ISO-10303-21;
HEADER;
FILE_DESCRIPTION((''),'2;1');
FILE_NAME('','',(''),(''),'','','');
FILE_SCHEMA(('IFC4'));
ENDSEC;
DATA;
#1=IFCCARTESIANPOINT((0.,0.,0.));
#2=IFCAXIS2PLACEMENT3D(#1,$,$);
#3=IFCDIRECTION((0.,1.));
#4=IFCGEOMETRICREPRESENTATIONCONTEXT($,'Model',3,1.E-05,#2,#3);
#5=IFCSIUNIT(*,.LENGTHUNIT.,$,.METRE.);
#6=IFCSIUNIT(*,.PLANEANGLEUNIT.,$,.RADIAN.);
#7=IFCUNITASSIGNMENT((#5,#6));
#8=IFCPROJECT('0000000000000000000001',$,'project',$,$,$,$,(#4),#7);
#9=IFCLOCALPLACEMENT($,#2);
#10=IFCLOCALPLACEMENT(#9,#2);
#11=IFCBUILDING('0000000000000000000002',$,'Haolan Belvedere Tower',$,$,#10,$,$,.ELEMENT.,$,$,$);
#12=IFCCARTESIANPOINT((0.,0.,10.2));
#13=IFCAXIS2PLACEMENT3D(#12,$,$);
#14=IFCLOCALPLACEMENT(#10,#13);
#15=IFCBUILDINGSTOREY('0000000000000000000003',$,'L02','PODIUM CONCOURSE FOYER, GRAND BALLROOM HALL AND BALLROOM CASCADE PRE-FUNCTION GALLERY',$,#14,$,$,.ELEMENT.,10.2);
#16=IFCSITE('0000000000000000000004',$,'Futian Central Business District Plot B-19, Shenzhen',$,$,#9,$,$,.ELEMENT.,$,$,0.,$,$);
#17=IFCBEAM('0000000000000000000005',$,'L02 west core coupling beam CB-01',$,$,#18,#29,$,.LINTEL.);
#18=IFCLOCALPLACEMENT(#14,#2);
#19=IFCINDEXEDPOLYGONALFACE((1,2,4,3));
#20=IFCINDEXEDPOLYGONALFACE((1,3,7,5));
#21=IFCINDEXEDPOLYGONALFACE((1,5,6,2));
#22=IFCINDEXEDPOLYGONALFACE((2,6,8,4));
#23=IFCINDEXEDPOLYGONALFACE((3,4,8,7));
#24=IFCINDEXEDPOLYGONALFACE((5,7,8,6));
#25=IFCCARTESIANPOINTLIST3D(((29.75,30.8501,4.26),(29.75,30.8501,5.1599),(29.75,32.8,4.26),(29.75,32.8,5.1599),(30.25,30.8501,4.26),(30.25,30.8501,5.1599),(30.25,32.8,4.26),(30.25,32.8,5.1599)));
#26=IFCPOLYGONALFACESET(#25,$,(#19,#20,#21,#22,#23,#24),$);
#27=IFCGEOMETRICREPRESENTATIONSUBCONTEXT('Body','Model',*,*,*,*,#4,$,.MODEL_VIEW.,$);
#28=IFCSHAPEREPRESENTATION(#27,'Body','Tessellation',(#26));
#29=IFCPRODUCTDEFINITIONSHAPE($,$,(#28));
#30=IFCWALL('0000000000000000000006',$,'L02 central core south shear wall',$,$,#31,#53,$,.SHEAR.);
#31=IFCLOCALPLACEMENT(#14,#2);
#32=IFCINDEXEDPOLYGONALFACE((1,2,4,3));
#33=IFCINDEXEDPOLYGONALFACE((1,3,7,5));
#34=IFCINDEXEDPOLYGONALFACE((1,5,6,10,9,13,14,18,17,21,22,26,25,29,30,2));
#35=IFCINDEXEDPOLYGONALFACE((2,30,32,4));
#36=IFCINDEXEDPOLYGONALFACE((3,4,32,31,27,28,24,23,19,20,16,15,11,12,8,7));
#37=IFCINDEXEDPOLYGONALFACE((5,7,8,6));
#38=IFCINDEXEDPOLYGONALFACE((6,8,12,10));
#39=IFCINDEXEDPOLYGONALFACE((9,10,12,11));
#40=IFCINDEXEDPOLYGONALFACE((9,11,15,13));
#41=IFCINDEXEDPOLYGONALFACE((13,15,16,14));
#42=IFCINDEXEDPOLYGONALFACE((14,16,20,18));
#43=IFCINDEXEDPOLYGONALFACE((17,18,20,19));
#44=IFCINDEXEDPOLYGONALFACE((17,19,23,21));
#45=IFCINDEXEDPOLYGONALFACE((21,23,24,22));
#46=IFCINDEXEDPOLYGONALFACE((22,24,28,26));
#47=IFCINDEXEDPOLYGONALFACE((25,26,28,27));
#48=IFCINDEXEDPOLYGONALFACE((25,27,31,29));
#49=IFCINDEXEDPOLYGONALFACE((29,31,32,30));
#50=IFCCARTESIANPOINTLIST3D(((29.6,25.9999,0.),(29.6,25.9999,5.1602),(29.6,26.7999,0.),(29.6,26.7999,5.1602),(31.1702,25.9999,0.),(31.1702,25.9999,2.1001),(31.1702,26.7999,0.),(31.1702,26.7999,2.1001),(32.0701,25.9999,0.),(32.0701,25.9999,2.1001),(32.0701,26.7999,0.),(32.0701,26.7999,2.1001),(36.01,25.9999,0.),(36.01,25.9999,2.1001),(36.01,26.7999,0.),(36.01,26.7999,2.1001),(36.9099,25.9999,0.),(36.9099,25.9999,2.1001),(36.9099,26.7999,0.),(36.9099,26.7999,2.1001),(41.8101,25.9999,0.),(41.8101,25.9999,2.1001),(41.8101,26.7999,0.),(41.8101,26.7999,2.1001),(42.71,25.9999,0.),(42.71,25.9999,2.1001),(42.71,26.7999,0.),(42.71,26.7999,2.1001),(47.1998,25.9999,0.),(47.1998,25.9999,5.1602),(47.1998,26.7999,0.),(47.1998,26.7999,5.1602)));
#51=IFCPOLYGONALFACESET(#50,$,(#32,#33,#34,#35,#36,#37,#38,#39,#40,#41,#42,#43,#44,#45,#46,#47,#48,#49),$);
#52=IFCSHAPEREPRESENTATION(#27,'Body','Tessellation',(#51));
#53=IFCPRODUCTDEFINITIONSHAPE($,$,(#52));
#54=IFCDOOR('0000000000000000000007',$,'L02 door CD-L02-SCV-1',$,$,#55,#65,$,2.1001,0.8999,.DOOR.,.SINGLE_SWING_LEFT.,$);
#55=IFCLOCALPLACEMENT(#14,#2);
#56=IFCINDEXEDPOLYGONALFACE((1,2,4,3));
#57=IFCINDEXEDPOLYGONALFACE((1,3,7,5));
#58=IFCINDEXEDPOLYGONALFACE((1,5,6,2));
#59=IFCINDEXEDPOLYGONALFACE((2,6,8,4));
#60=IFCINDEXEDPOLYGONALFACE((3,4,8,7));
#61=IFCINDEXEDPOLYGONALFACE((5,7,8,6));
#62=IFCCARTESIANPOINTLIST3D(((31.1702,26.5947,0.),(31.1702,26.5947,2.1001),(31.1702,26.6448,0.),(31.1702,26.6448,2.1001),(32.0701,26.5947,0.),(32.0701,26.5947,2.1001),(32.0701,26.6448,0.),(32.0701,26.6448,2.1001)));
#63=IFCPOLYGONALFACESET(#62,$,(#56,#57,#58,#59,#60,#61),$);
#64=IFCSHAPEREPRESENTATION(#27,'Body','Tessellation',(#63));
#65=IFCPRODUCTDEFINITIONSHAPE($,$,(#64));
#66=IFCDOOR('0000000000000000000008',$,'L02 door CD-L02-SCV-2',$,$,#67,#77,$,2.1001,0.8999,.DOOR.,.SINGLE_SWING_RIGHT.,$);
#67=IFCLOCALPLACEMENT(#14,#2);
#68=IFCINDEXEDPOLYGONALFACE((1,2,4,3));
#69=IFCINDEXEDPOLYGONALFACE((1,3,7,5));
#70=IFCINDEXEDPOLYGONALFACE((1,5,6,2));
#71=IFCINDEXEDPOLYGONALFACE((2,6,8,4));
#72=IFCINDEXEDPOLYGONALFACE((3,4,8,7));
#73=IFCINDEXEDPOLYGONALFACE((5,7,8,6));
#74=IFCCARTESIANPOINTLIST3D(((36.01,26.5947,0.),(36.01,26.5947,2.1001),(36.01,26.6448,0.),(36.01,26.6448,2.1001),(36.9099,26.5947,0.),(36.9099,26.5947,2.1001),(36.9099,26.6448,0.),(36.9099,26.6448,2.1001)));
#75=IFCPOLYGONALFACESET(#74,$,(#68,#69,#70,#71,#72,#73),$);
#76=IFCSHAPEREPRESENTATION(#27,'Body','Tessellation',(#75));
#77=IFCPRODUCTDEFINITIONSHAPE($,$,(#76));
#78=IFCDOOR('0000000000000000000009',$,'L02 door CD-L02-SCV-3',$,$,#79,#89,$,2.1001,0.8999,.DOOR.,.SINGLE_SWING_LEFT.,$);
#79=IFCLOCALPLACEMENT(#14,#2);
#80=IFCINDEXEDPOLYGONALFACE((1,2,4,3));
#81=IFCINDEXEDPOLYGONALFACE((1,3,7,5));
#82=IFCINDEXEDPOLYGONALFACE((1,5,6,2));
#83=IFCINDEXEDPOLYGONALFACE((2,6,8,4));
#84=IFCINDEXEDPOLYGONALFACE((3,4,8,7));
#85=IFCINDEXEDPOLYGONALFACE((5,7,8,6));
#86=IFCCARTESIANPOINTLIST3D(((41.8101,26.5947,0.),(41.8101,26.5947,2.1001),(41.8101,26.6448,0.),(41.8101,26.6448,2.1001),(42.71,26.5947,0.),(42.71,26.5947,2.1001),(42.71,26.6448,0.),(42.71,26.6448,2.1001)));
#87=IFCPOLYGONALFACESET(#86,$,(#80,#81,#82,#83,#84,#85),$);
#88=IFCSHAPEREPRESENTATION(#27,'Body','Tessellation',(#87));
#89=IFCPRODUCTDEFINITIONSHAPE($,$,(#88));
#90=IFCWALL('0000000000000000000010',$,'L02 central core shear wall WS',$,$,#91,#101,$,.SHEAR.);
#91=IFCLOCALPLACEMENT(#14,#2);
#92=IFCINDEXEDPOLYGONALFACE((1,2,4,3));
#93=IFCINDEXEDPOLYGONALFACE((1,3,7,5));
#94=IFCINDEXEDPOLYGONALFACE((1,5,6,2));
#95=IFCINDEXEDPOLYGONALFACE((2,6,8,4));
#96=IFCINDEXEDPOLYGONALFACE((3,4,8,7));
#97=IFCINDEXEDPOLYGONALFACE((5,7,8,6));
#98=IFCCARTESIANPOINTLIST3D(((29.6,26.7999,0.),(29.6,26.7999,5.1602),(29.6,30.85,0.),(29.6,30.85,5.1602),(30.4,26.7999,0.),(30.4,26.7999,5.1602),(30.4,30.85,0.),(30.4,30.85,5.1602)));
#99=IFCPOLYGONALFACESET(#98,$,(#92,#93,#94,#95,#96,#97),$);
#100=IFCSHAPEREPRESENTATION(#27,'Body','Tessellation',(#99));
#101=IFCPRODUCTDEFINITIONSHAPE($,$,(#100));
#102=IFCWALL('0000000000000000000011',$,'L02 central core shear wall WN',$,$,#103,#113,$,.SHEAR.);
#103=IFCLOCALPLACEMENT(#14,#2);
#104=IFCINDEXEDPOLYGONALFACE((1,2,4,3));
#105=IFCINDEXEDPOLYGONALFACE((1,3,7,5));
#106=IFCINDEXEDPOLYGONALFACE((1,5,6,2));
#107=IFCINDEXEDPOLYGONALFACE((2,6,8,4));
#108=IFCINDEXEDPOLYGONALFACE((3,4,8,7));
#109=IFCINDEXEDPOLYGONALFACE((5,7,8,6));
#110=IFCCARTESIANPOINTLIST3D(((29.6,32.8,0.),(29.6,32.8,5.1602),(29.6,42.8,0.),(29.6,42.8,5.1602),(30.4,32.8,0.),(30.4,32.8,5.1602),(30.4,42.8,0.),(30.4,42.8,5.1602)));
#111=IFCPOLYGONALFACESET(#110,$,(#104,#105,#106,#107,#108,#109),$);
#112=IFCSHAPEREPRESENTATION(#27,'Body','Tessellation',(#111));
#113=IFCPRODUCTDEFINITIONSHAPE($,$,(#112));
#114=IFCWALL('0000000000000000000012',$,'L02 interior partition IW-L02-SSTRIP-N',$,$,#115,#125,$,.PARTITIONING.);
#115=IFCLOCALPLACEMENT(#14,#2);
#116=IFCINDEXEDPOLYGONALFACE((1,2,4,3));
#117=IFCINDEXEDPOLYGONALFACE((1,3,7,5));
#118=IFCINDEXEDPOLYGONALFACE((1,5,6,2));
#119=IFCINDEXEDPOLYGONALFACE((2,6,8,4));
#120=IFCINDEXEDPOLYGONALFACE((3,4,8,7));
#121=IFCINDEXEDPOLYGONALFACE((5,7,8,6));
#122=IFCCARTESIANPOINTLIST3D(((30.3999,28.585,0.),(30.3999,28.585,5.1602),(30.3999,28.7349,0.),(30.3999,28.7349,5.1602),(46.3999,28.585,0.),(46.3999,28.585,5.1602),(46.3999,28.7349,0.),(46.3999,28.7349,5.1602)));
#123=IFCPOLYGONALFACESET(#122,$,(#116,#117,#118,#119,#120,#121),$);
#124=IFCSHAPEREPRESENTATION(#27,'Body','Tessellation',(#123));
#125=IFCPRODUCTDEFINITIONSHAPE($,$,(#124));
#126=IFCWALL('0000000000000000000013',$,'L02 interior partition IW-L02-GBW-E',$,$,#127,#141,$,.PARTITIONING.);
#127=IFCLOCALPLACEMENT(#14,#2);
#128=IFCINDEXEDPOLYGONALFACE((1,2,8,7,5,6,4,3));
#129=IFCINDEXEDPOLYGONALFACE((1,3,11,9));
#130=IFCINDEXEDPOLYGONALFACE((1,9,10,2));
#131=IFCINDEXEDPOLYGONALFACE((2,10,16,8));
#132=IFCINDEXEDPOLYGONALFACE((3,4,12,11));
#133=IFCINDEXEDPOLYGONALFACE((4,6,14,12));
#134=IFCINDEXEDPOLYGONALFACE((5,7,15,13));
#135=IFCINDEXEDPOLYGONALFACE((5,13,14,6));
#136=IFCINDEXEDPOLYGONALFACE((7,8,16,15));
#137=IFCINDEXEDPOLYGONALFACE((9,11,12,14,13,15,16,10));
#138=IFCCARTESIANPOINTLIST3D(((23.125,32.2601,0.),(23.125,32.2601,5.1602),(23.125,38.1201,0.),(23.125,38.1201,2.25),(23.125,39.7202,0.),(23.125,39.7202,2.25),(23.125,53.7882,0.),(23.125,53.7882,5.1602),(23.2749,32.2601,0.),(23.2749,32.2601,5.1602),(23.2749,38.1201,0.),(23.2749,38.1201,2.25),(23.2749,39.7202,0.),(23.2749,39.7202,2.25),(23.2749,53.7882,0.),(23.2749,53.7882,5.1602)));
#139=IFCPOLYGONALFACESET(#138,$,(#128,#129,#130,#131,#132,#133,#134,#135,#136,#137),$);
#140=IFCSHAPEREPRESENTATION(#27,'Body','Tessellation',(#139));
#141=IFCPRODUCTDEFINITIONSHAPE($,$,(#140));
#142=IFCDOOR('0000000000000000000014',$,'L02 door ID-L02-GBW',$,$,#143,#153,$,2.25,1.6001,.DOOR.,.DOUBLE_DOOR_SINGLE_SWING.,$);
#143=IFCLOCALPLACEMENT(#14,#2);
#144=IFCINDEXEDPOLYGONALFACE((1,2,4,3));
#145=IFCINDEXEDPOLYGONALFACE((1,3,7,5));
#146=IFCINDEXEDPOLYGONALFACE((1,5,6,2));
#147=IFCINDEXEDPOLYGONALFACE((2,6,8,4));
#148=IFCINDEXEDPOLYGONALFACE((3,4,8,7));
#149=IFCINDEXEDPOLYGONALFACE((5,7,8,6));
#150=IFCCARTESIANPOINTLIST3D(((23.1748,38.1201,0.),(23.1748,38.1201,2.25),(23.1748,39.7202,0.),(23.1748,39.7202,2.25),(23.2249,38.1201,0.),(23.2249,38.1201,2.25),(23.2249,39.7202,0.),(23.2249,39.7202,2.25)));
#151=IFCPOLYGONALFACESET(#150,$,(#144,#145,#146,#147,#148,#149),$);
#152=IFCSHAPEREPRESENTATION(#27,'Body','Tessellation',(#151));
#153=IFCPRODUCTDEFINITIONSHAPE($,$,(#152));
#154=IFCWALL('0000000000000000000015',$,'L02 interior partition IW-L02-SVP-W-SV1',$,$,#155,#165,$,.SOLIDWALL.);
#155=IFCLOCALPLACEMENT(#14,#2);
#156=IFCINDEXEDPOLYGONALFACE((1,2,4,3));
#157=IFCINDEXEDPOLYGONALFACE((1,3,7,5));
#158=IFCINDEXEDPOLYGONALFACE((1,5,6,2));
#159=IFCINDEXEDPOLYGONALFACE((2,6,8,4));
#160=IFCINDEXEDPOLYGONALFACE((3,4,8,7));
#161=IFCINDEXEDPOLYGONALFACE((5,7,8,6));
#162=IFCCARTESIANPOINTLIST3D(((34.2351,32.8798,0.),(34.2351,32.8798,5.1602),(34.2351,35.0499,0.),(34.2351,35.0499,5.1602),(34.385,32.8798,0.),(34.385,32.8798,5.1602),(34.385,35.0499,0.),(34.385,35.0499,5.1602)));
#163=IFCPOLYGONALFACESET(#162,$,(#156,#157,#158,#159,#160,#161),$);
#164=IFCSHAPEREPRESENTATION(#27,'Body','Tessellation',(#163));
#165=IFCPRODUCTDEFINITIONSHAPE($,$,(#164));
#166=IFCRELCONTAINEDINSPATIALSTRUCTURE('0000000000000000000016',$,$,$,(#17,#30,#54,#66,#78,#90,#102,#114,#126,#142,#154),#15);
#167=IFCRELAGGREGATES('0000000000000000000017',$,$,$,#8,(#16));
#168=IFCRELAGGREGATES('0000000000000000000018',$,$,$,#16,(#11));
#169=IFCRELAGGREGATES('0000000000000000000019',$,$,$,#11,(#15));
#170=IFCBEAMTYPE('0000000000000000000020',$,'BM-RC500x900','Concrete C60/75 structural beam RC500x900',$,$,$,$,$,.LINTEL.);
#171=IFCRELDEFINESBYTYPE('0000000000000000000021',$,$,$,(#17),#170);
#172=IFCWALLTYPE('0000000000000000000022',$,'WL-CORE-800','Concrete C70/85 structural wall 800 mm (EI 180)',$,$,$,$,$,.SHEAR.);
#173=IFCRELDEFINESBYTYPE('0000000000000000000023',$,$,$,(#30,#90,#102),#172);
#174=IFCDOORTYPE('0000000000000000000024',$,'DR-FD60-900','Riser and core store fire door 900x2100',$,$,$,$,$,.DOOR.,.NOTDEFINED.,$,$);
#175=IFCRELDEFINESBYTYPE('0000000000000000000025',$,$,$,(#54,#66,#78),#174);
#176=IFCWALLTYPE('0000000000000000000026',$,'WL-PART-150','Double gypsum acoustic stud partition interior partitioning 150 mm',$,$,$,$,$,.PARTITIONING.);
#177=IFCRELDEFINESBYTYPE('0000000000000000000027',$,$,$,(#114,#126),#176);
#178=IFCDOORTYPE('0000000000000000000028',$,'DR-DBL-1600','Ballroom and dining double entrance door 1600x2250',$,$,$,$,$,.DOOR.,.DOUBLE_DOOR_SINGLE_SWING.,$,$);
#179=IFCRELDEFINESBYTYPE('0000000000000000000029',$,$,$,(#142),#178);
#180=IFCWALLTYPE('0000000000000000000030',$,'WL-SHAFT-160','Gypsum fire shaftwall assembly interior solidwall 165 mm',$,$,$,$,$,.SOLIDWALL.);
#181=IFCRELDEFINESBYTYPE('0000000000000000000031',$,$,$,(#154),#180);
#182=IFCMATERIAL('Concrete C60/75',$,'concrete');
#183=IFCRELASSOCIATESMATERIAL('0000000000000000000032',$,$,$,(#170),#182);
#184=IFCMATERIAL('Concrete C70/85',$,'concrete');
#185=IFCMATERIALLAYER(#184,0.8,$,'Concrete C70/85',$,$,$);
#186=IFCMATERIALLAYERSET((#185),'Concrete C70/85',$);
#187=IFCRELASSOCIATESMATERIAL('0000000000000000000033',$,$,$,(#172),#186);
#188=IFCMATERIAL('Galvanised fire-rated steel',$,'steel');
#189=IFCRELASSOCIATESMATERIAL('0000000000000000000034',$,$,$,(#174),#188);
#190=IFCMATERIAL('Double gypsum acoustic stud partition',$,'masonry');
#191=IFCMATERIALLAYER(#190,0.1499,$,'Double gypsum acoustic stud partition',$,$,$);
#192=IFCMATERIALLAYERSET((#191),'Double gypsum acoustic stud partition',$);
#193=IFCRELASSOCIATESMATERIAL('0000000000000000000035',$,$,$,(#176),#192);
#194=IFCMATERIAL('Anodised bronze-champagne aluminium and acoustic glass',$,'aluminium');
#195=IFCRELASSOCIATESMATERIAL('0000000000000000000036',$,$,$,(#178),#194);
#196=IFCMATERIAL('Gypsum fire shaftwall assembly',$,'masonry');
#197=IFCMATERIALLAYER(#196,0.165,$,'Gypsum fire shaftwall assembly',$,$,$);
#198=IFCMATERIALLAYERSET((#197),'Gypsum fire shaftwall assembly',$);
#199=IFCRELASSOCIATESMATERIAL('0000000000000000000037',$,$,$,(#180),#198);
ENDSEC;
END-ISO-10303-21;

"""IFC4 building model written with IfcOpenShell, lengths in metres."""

from ifc_helpers import new_model, si_unit, direction, frame, frame_2d, origin, origin_2d, place, context, subcontext, project, spatial, rectangle, extrude, material, layer, layer_set, material_profile, profile_set, type_object, element, fill, save


model = new_model("IFC4")

# Units and contexts
model_context = context("Model", 3, precision=1e-05, world=origin(), true_north=direction((0.0, 1.0)))
body_context = subcontext(model_context, "Body", "Model", "MODEL_VIEW")
ifc_project = project(units=[si_unit("LENGTHUNIT", "METRE"), si_unit("PLANEANGLEUNIT", "RADIAN")], contexts=[model_context])

# Site, building, storey
site_placement = place(None, origin())
site = spatial("IfcSite", under=ifc_project, at=site_placement, Name="Futian Central Business District Plot B-19, Shenzhen", CompositionType="ELEMENT", RefElevation=0.0)
building_placement = place(site_placement, origin())
building = spatial("IfcBuilding", under=site, at=building_placement, Name="Haolan Belvedere Tower", CompositionType="ELEMENT")
storey_placement = place(building_placement, frame((0.0, 0.0, 10.2)))
storey = spatial("IfcBuildingStorey", under=building, at=storey_placement, Name="L02", Description="PODIUM CONCOURSE FOYER, GRAND BALLROOM HALL AND BALLROOM CASCADE PRE-FUNCTION GALLERY", CompositionType="ELEMENT", Elevation=10.2)

# Beam
ifc_material_1 = material(Name="Concrete C60/75", Category="concrete")
ifc_material_profile = material_profile(ifc_material_1, rectangle(XDim=0.5, YDim=0.8999, at=origin_2d()), Name="Concrete C60/75")
ifc_profile_set = profile_set([ifc_material_profile], Name="Concrete C60/75")
beam_type = type_object("IfcBeamType", Name="BM-RC500x900", Description="Concrete C60/75 structural beam RC500x900", PredefinedType="LINTEL", material=ifc_profile_set)
beam_placement = place(storey_placement, frame((30.0, 30.8501, 4.71), z_axis=(0.0, 1.0, 0.0), x_axis=(-1.0, 0.0, 0.0)))
element("IfcBeam", 1, at=beam_placement, inside=storey, type_object=beam_type, Name="L02 west core coupling beam CB-01", PredefinedType="LINTEL", context=body_context, shape_type="SweptSolid", body=[
    extrude(rectangle(XDim=0.5, YDim=0.8999, at=origin_2d()), origin(), (0.0, 0.0, 1.0), 1.95),
])

# Wall, openings, doors
ifc_material_2 = material(Name="Concrete C70/85", Category="concrete")
ifc_layer_1 = layer(ifc_material_2, 0.8, Name="Concrete C70/85")
ifc_layer_set_1 = layer_set([ifc_layer_1], Name="Concrete C70/85")
wall_type_1 = type_object("IfcWallType", Name="WL-CORE-800", Description="Concrete C70/85 structural wall 800 mm (EI 180)", PredefinedType="SHEAR", material=ifc_layer_set_1)
wall_1_placement = place(storey_placement, frame((29.6001, 26.3999, 0.0), z_axis=(0.0, 0.0, 1.0), x_axis=(1.0, 0.0, 0.0)))
wall_1 = element("IfcWall", 2, at=wall_1_placement, inside=storey, type_object=wall_type_1, Name="L02 central core south shear wall", PredefinedType="SHEAR", context=body_context, shape_type="SweptSolid", body=[
    extrude(rectangle(XDim=17.5999, YDim=0.8, at=frame_2d((8.7998, 0.0))), origin(), (0.0, 0.0, 1.0), 5.1602),
])
opening_1_placement = place(wall_1_placement, frame((2.47, 0.0, 0.0), z_axis=(0.0, 0.0, 1.0), x_axis=(-1.0, 0.0, 0.0)))
opening_1 = element("IfcOpeningElement", 3, at=opening_1_placement, cuts=wall_1, PredefinedType="OPENING", context=body_context, shape_type="SweptSolid", body=[
    extrude(rectangle(XDim=0.8999, YDim=2.1001, at=frame_2d((0.45, 1.05))), frame((0.0, 0.4099, 0.0), z_axis=(0.0, -1.0, 0.0), x_axis=(1.0, 0.0, 0.0)), (0.0, 0.0, 1.0), 0.8201),
])
opening_2_placement = place(wall_1_placement, frame((7.3098, 0.0, 0.0), z_axis=(0.0, 0.0, 1.0), x_axis=(-1.0, 0.0, 0.0)))
opening_2 = element("IfcOpeningElement", 4, at=opening_2_placement, cuts=wall_1, PredefinedType="OPENING", context=body_context, shape_type="SweptSolid", body=[
    extrude(rectangle(XDim=0.8999, YDim=2.1001, at=frame_2d((0.45, 1.05))), frame((0.0, 0.4099, 0.0), z_axis=(0.0, -1.0, 0.0), x_axis=(1.0, 0.0, 0.0)), (0.0, 0.0, 1.0), 0.8201),
])
opening_3_placement = place(wall_1_placement, frame((13.1099, 0.0, 0.0), z_axis=(0.0, 0.0, 1.0), x_axis=(-1.0, 0.0, 0.0)))
opening_3 = element("IfcOpeningElement", 5, at=opening_3_placement, cuts=wall_1, PredefinedType="OPENING", context=body_context, shape_type="SweptSolid", body=[
    extrude(rectangle(XDim=0.8999, YDim=2.1001, at=frame_2d((0.45, 1.05))), frame((0.0, 0.4099, 0.0), z_axis=(0.0, -1.0, 0.0), x_axis=(1.0, 0.0, 0.0)), (0.0, 0.0, 1.0), 0.8201),
])
ifc_material_3 = material(Name="Galvanised fire-rated steel", Category="steel")
door_type_1 = type_object("IfcDoorType", Name="DR-FD60-900", Description="Riser and core store fire door 900x2100", OperationType="NOTDEFINED", PredefinedType="DOOR", material=ifc_material_3)
door_1_placement = place(opening_1_placement, origin())
door_1 = element("IfcDoor", 6, at=door_1_placement, inside=storey, type_object=door_type_1, Name="L02 door CD-L02-SCV-1", OperationType="SINGLE_SWING_LEFT", OverallHeight=2.1001, OverallWidth=0.8999, PredefinedType="DOOR", context=body_context, shape_type="SweptSolid", body=[
    extrude(rectangle(XDim=0.8999, YDim=2.1001, at=frame_2d((0.45, 1.05))), frame((0.0, -0.1948, 0.0), z_axis=(0.0, -1.0, 0.0), x_axis=(1.0, 0.0, 0.0)), (0.0, 0.0, 1.0), 0.05),
])
fill(opening_1, door_1)
door_2_placement = place(opening_2_placement, origin())
door_2 = element("IfcDoor", 7, at=door_2_placement, inside=storey, type_object=door_type_1, Name="L02 door CD-L02-SCV-2", OperationType="SINGLE_SWING_RIGHT", OverallHeight=2.1001, OverallWidth=0.8999, PredefinedType="DOOR", context=body_context, shape_type="SweptSolid", body=[
    extrude(rectangle(XDim=0.8999, YDim=2.1001, at=frame_2d((0.45, 1.05))), frame((0.0, -0.1948, 0.0), z_axis=(0.0, -1.0, 0.0), x_axis=(1.0, 0.0, 0.0)), (0.0, 0.0, 1.0), 0.05),
])
fill(opening_2, door_2)
door_3_placement = place(opening_3_placement, origin())
door_3 = element("IfcDoor", 8, at=door_3_placement, inside=storey, type_object=door_type_1, Name="L02 door CD-L02-SCV-3", OperationType="SINGLE_SWING_LEFT", OverallHeight=2.1001, OverallWidth=0.8999, PredefinedType="DOOR", context=body_context, shape_type="SweptSolid", body=[
    extrude(rectangle(XDim=0.8999, YDim=2.1001, at=frame_2d((0.45, 1.05))), frame((0.0, -0.1948, 0.0), z_axis=(0.0, -1.0, 0.0), x_axis=(1.0, 0.0, 0.0)), (0.0, 0.0, 1.0), 0.05),
])
fill(opening_3, door_3)

# Walls
wall_2_placement = place(storey_placement, frame((30.0, 26.8, 0.0), z_axis=(0.0, 0.0, 1.0), x_axis=(0.0, 1.0, 0.0)))
element("IfcWall", 9, at=wall_2_placement, inside=storey, type_object=wall_type_1, Name="L02 central core shear wall WS", PredefinedType="SHEAR", context=body_context, shape_type="SweptSolid", body=[
    extrude(rectangle(XDim=4.05, YDim=0.8, at=frame_2d((2.0249, 0.0))), origin(), (0.0, 0.0, 1.0), 5.1602),
])
wall_3_placement = place(storey_placement, frame((30.0, 32.8, 0.0), z_axis=(0.0, 0.0, 1.0), x_axis=(0.0, 1.0, 0.0)))
element("IfcWall", 10, at=wall_3_placement, inside=storey, type_object=wall_type_1, Name="L02 central core shear wall WN", PredefinedType="SHEAR", context=body_context, shape_type="SweptSolid", body=[
    extrude(rectangle(XDim=10.0, YDim=0.8, at=frame_2d((5.0, 0.0))), origin(), (0.0, 0.0, 1.0), 5.1602),
])
ifc_material_4 = material(Name="Double gypsum acoustic stud partition", Category="masonry")
ifc_layer_2 = layer(ifc_material_4, 0.1499, Name="Double gypsum acoustic stud partition")
ifc_layer_set_2 = layer_set([ifc_layer_2], Name="Double gypsum acoustic stud partition")
wall_type_2 = type_object("IfcWallType", Name="WL-PART-150", Description="Double gypsum acoustic stud partition interior partitioning 150 mm", PredefinedType="PARTITIONING", material=ifc_layer_set_2)
wall_4_placement = place(storey_placement, frame((30.3999, 28.6599, 0.0), z_axis=(0.0, 0.0, 1.0), x_axis=(1.0, 0.0, 0.0)))
element("IfcWall", 11, at=wall_4_placement, inside=storey, type_object=wall_type_2, Name="L02 interior partition IW-L02-SSTRIP-N", PredefinedType="PARTITIONING", context=body_context, shape_type="SweptSolid", body=[
    extrude(rectangle(XDim=16.0, YDim=0.1499, at=frame_2d((8.0, 0.0))), origin(), (0.0, 0.0, 1.0), 5.1602),
])

# Wall, opening, door
wall_5_placement = place(storey_placement, frame((23.2, 32.26, 0.0), z_axis=(0.0, 0.0, 1.0), x_axis=(0.0, 1.0, 0.0)))
wall_5 = element("IfcWall", 12, at=wall_5_placement, inside=storey, type_object=wall_type_2, Name="L02 interior partition IW-L02-GBW-E", PredefinedType="PARTITIONING", context=body_context, shape_type="SweptSolid", body=[
    extrude(rectangle(XDim=21.5281, YDim=0.1499, at=frame_2d((10.7642, 0.0))), origin(), (0.0, 0.0, 1.0), 5.1602),
])
opening_4_placement = place(wall_5_placement, frame((7.4602, 0.0, 0.0), z_axis=(0.0, 0.0, 1.0), x_axis=(-1.0, 0.0, 0.0)))
opening_4 = element("IfcOpeningElement", 13, at=opening_4_placement, cuts=wall_5, PredefinedType="OPENING", context=body_context, shape_type="SweptSolid", body=[
    extrude(rectangle(XDim=1.6001, YDim=2.25, at=frame_2d((0.8, 1.125))), frame((0.0, 0.085, 0.0), z_axis=(0.0, -1.0, 0.0), x_axis=(1.0, 0.0, 0.0)), (0.0, 0.0, 1.0), 0.1699),
])
ifc_material_5 = material(Name="Anodised bronze-champagne aluminium and acoustic glass", Category="aluminium")
door_type_2 = type_object("IfcDoorType", Name="DR-DBL-1600", Description="Ballroom and dining double entrance door 1600x2250", OperationType="DOUBLE_DOOR_SINGLE_SWING", PredefinedType="DOOR", material=ifc_material_5)
door_4_placement = place(opening_4_placement, origin())
door_4 = element("IfcDoor", 14, at=door_4_placement, inside=storey, type_object=door_type_2, Name="L02 door ID-L02-GBW", OperationType="DOUBLE_DOOR_SINGLE_SWING", OverallHeight=2.25, OverallWidth=1.6001, PredefinedType="DOOR", context=body_context, shape_type="SweptSolid", body=[
    extrude(rectangle(XDim=1.6001, YDim=2.25, at=frame_2d((0.8, 1.125))), frame((0.0, 0.0249, 0.0), z_axis=(0.0, -1.0, 0.0), x_axis=(1.0, 0.0, 0.0)), (0.0, 0.0, 1.0), 0.05),
])
fill(opening_4, door_4)

# Wall
ifc_material_6 = material(Name="Gypsum fire shaftwall assembly", Category="masonry")
ifc_layer_3 = layer(ifc_material_6, 0.165, Name="Gypsum fire shaftwall assembly")
ifc_layer_set_3 = layer_set([ifc_layer_3], Name="Gypsum fire shaftwall assembly")
wall_type_3 = type_object("IfcWallType", Name="WL-SHAFT-160", Description="Gypsum fire shaftwall assembly interior solidwall 165 mm", PredefinedType="SOLIDWALL", material=ifc_layer_set_3)
wall_6_placement = place(storey_placement, frame((34.3101, 32.8799, 0.0), z_axis=(0.0, 0.0, 1.0), x_axis=(0.0, 1.0, 0.0)))
element("IfcWall", 15, at=wall_6_placement, inside=storey, type_object=wall_type_3, Name="L02 interior partition IW-L02-SVP-W-SV1", PredefinedType="SOLIDWALL", context=body_context, shape_type="SweptSolid", body=[
    extrude(rectangle(XDim=2.1702, YDim=0.1499, at=frame_2d((1.085, 0.0))), origin(), (0.0, 0.0, 1.0), 5.1602),
])

save(model, "model.ifc")
